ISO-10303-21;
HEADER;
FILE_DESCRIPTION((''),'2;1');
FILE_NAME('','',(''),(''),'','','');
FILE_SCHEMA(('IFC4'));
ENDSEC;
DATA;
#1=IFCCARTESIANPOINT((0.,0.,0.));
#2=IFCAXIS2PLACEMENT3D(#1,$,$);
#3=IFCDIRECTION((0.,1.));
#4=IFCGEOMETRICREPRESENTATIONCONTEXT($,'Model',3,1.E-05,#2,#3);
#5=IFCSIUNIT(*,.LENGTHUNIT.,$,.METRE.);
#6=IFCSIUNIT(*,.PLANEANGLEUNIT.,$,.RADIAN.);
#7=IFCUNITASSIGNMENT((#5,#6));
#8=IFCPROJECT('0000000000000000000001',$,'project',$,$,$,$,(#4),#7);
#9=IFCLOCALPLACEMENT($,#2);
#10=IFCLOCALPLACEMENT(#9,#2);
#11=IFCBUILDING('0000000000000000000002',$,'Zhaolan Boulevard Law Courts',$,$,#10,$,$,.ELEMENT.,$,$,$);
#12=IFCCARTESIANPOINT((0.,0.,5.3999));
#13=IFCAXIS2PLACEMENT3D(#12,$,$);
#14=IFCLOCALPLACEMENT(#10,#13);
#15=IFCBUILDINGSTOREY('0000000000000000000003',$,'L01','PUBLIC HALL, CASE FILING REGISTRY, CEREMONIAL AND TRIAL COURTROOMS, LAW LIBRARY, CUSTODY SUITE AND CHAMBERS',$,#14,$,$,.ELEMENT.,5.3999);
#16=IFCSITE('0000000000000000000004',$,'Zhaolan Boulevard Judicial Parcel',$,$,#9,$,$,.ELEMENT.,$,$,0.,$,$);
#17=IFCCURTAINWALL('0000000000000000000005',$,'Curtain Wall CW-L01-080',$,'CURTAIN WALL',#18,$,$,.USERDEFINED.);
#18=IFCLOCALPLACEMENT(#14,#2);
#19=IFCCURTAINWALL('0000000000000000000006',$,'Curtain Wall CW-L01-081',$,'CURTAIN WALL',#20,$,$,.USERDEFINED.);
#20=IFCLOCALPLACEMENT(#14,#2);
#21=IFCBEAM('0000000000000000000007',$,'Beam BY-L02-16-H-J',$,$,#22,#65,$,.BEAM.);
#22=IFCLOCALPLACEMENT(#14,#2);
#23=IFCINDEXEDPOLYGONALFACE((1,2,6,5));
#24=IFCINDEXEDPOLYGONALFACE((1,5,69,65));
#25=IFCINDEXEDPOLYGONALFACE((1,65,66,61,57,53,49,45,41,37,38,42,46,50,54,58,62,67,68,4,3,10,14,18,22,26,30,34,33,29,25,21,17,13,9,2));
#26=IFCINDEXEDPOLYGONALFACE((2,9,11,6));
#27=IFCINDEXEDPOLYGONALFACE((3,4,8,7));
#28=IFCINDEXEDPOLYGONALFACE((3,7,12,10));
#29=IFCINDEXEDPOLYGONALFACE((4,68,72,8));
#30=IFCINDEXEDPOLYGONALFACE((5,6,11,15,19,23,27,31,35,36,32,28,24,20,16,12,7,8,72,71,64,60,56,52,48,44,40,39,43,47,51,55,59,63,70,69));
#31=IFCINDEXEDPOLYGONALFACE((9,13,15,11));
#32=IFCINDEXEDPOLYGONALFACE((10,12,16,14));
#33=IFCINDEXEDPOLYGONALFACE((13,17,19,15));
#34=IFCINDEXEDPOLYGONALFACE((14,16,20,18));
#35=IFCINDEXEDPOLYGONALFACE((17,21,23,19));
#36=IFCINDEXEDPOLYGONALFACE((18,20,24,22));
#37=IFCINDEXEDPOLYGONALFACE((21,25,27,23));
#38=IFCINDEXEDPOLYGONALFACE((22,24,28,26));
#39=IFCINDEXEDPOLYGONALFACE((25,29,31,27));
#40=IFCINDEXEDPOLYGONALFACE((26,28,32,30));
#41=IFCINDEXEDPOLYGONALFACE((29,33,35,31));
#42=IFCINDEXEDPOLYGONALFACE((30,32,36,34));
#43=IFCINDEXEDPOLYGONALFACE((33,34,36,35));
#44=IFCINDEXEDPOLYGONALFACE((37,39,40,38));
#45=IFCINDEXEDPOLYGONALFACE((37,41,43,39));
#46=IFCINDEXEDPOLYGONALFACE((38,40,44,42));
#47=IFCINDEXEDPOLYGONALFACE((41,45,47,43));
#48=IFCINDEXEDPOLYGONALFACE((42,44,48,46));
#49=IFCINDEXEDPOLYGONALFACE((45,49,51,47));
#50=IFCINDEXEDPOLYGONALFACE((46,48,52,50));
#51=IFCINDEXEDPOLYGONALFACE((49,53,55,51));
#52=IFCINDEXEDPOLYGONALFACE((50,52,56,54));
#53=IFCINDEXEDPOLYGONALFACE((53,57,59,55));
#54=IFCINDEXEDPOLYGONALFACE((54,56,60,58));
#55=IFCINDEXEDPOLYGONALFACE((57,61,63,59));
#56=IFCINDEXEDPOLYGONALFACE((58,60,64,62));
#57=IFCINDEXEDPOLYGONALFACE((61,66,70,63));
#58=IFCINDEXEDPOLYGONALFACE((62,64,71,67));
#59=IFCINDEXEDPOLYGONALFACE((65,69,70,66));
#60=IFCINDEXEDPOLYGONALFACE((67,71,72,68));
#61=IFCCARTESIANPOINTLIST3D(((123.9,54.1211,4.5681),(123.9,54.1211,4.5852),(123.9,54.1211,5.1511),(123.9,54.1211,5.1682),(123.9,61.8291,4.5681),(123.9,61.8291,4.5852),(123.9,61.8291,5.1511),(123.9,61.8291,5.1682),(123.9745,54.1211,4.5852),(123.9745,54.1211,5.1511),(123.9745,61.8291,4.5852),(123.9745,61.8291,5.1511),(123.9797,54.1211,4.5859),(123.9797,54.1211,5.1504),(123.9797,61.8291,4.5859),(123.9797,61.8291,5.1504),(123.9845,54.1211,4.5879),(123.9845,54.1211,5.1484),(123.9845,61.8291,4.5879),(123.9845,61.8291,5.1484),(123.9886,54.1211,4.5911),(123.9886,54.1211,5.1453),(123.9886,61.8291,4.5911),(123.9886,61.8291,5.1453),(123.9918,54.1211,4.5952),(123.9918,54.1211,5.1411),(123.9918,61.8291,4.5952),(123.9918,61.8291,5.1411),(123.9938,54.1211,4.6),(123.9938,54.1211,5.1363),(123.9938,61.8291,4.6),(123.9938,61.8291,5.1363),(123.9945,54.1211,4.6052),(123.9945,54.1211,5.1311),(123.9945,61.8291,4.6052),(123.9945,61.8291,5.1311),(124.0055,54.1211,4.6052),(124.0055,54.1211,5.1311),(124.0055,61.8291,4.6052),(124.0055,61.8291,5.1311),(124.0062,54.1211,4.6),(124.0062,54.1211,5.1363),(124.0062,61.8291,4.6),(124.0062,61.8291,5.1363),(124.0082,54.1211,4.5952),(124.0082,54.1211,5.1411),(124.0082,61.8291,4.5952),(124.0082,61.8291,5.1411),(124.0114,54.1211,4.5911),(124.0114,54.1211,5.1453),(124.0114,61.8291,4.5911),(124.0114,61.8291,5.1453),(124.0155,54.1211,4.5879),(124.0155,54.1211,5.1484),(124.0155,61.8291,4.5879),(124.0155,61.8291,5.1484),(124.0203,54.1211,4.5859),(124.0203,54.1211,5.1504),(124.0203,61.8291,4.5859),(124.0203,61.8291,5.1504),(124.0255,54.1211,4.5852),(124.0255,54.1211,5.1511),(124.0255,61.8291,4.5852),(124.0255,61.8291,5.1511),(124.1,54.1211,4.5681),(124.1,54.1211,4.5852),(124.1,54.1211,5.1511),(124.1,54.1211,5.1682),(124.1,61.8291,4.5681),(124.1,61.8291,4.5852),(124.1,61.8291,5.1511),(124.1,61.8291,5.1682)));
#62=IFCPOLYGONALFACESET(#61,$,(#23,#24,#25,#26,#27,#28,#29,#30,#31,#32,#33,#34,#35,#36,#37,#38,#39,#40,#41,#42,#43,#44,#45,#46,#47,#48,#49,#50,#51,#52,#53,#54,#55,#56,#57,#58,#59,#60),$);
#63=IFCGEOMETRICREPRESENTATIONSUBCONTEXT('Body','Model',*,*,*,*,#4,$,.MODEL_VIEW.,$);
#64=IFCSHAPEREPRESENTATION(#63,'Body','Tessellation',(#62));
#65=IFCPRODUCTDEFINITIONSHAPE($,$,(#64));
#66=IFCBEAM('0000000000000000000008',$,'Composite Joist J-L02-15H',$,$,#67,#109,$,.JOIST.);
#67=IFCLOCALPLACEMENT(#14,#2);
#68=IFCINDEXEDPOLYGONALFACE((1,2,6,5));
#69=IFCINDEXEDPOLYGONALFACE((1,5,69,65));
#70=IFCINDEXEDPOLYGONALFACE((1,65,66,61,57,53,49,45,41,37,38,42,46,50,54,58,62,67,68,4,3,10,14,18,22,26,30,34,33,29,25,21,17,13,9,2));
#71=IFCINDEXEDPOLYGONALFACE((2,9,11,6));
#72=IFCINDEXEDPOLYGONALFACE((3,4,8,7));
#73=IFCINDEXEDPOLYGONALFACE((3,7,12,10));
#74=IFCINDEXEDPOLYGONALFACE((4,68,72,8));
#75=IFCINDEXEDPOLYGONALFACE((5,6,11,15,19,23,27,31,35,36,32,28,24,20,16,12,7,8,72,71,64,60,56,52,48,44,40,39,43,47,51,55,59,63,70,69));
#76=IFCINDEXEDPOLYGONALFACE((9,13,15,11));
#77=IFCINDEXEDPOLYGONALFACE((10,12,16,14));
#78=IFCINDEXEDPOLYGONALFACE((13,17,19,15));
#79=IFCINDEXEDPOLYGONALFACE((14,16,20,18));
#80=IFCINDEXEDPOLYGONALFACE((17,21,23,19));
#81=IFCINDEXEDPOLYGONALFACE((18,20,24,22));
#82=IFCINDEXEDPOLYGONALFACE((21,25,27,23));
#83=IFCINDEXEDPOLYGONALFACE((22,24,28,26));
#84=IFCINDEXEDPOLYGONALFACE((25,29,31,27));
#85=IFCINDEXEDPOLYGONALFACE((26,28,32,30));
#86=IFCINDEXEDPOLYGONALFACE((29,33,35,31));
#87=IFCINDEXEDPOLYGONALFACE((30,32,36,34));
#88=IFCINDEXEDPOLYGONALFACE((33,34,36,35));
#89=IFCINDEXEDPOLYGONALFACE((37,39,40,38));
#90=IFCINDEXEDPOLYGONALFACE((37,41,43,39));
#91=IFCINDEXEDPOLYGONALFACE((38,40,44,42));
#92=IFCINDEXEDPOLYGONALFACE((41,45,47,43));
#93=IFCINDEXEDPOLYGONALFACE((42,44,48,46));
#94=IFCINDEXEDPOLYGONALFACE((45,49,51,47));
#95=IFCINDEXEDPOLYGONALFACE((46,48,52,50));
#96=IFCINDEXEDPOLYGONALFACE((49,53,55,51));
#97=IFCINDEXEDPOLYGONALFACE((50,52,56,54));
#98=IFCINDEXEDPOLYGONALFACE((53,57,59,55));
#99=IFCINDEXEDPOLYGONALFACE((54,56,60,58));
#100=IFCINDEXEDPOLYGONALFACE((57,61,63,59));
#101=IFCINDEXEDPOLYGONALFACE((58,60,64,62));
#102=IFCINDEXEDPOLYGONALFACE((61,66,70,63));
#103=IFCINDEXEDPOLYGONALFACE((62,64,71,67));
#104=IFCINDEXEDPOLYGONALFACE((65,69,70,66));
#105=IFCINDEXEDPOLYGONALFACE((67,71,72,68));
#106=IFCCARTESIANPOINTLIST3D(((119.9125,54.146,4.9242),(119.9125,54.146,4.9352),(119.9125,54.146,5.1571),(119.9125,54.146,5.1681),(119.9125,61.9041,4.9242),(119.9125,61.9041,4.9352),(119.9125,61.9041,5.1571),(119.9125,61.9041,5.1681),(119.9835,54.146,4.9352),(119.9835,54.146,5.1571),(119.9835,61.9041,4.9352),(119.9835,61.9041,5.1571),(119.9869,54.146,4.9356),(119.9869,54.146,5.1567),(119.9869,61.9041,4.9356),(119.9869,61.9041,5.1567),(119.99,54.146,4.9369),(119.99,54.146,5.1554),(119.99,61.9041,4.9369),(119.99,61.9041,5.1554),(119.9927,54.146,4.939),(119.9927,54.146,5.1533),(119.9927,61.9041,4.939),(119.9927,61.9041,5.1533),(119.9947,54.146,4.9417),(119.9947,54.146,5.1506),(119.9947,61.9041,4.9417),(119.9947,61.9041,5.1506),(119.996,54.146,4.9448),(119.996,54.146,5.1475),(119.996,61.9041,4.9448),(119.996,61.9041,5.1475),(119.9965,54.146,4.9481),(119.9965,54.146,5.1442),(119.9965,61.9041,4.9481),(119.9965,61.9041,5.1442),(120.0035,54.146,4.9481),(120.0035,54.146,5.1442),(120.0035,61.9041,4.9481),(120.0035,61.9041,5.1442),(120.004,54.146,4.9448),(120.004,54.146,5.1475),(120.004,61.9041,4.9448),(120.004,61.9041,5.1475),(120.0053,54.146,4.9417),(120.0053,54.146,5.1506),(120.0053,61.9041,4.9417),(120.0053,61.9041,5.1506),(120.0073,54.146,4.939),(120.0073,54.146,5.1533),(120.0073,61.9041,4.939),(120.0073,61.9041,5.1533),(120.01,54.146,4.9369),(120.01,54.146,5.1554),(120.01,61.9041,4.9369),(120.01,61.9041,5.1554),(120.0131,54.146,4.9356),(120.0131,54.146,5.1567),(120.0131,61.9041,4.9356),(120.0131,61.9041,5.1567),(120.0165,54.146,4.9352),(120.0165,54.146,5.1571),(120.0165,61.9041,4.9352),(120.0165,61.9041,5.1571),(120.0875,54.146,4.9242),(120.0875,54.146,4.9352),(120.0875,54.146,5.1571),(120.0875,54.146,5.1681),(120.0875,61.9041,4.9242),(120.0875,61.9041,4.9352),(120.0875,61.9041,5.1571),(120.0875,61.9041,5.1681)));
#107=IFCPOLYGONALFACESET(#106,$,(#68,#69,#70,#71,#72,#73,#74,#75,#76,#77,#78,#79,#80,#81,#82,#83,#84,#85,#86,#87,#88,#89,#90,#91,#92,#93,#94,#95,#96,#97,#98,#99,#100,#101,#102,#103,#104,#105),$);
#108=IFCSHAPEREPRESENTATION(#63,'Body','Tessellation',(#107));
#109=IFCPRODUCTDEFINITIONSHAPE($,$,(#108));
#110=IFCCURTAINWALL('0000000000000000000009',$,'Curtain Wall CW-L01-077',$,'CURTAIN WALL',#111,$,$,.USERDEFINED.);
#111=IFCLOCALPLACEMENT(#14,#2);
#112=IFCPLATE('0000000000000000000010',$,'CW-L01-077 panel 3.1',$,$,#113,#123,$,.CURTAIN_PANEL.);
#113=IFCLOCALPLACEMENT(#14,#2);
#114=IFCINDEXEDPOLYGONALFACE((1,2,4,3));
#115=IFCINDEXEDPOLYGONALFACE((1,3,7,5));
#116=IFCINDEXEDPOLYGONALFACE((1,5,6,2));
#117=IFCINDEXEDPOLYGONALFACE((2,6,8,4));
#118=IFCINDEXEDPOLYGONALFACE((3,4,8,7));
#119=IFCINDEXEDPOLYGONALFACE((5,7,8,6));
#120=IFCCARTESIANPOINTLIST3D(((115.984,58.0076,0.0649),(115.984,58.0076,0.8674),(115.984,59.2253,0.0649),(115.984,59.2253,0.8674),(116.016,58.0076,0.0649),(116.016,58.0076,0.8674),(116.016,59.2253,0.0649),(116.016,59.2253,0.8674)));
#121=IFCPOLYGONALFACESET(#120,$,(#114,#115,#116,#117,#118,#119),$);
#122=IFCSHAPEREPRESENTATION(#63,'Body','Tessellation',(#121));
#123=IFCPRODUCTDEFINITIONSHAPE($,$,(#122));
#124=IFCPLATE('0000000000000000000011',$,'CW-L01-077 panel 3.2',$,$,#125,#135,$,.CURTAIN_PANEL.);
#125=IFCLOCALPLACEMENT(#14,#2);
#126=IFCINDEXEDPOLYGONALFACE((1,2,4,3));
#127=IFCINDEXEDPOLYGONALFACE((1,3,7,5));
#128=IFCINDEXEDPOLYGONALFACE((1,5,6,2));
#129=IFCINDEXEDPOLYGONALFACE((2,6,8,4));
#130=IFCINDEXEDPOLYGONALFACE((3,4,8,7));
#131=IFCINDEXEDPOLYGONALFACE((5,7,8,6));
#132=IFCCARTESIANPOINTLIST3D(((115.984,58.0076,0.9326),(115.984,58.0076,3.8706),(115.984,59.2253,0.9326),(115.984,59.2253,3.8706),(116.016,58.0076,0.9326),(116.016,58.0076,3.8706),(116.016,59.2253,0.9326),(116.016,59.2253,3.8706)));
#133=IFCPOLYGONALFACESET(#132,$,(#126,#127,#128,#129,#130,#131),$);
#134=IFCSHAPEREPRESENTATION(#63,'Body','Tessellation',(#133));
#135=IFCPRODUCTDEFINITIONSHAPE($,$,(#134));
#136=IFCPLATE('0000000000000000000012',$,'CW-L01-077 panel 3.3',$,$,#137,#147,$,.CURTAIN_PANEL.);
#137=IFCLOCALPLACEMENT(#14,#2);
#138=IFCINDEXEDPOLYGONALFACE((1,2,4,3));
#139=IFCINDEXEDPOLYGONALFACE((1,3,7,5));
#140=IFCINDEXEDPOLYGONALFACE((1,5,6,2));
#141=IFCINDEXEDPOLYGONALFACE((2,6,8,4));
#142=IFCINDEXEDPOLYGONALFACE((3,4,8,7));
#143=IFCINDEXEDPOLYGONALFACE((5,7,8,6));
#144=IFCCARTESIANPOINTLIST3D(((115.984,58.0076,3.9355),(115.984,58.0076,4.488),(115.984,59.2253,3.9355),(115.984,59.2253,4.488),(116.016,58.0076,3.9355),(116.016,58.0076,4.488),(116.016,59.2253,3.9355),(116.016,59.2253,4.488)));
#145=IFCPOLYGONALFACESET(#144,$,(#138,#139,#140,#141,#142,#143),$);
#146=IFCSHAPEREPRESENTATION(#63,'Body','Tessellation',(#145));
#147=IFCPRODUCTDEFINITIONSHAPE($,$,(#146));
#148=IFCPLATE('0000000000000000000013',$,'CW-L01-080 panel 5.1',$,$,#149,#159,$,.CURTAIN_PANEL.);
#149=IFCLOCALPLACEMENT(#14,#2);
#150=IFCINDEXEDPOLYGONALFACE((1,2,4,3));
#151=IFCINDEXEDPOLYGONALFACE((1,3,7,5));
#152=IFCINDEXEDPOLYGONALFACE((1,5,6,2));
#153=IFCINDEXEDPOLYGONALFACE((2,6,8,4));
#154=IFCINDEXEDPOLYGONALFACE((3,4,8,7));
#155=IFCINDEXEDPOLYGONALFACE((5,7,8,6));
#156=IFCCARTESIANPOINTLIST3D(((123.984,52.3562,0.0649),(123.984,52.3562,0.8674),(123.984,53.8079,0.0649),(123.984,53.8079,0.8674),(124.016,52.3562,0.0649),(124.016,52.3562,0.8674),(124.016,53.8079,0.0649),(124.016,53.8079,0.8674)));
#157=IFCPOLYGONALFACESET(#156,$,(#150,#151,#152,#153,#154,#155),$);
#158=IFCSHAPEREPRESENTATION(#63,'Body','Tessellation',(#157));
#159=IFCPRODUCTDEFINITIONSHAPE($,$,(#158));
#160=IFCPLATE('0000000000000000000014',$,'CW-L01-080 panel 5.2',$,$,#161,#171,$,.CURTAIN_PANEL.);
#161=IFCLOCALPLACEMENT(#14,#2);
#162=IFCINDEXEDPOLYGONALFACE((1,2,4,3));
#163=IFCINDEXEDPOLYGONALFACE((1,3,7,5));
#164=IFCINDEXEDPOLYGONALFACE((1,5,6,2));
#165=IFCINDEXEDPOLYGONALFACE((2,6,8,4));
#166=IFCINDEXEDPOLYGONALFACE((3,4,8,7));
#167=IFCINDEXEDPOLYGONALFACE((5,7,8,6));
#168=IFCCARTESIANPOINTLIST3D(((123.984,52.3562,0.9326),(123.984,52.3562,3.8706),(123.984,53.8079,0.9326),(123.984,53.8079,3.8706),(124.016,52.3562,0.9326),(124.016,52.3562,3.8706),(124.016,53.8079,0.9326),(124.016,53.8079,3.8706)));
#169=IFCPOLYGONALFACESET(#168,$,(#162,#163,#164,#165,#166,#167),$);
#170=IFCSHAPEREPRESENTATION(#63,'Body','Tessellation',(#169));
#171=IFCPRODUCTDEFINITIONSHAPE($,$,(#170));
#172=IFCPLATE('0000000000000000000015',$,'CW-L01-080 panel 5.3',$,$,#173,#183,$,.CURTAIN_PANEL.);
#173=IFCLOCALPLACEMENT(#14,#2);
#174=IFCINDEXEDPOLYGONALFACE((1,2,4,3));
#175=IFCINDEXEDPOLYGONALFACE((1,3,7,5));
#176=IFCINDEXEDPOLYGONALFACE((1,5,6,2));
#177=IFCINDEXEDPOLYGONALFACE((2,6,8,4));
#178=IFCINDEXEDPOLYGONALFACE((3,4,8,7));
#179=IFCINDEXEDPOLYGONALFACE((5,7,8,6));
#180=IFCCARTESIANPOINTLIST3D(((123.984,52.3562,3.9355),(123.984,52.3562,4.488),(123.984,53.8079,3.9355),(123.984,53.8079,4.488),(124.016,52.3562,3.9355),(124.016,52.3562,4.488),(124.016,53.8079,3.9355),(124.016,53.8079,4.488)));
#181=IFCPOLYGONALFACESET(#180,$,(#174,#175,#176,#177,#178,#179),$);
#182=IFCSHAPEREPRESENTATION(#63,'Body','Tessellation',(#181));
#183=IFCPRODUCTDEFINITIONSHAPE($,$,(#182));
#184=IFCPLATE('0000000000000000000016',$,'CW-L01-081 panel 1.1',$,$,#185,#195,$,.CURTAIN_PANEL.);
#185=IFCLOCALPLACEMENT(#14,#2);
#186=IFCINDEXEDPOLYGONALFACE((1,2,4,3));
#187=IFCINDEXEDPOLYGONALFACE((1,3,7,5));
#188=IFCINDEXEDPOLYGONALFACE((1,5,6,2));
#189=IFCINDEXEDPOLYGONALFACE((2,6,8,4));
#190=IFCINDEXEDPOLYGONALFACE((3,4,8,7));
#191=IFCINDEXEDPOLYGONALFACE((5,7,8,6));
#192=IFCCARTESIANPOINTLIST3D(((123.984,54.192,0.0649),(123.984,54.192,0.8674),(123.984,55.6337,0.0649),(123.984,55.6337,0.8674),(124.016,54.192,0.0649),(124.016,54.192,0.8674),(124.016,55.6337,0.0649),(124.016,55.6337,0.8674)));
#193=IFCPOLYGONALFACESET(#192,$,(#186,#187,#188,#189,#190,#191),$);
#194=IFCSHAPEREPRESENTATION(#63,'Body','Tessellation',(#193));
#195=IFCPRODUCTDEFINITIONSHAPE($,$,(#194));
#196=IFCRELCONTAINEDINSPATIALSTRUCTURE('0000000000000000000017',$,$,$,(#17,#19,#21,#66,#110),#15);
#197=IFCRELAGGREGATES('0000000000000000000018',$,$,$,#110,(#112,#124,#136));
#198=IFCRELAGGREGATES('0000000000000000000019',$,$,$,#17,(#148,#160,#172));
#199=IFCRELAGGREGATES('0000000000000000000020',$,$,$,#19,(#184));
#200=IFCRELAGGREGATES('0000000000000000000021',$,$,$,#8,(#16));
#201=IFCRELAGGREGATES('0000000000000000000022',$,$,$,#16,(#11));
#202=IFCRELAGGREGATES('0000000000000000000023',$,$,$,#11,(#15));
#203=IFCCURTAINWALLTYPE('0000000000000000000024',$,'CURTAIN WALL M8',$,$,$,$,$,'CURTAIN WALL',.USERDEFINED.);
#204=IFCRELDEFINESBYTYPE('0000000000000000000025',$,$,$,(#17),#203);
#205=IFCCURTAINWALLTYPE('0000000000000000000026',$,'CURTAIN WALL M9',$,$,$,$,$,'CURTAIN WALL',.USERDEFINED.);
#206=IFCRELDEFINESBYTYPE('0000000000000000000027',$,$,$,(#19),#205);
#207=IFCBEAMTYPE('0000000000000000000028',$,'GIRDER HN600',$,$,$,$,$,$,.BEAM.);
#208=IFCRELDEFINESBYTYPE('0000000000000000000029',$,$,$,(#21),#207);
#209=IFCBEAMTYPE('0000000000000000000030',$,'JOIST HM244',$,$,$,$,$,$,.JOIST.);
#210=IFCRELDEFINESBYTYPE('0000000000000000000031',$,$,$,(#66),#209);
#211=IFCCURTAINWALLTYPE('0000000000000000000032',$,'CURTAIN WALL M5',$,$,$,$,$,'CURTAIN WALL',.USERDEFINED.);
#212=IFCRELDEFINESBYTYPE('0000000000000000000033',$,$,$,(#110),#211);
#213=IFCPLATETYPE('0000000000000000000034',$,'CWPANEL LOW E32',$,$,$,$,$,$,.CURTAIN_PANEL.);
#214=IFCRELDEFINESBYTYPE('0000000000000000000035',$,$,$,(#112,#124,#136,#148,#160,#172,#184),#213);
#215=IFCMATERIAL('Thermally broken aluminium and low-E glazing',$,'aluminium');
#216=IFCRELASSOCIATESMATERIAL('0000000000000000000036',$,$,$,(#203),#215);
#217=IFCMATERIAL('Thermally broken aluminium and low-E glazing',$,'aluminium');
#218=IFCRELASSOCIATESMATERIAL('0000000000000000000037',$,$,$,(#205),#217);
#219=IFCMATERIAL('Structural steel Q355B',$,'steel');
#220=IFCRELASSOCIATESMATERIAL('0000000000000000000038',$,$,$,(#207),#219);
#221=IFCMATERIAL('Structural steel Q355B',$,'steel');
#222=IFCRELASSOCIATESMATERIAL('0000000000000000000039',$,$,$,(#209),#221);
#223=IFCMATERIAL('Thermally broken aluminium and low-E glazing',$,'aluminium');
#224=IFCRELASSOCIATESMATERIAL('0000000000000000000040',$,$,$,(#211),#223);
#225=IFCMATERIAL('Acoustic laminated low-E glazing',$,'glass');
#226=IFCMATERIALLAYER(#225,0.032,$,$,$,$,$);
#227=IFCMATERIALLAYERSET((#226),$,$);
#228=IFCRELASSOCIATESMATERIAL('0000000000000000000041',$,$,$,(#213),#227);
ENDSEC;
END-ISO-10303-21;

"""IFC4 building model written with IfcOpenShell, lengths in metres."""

from ifc_helpers import new_model, si_unit, direction, frame, origin, origin_2d, place, context, subcontext, project, spatial, rectangle, i_section, extrude, material, layer, layer_set, material_profile, profile_set, type_object, element, aggregate, save


model = new_model("IFC4")

# Units and contexts
model_context = context("Model", 3, precision=1e-05, world=origin(), true_north=direction((0.0, 1.0)))
body_context = subcontext(model_context, "Body", "Model", "MODEL_VIEW")
ifc_project = project(units=[si_unit("LENGTHUNIT", "METRE"), si_unit("PLANEANGLEUNIT", "RADIAN")], contexts=[model_context])

# Site, building, storey
site_placement = place(None, origin())
site = spatial("IfcSite", under=ifc_project, at=site_placement, Name="Zhaolan Boulevard Judicial Parcel", CompositionType="ELEMENT", RefElevation=0.0)
building_placement = place(site_placement, origin())
building = spatial("IfcBuilding", under=site, at=building_placement, Name="Zhaolan Boulevard Law Courts", CompositionType="ELEMENT")
storey_placement = place(building_placement, frame((0.0, 0.0, 5.3999)))
storey = spatial("IfcBuildingStorey", under=building, at=storey_placement, Name="L01", Description="PUBLIC HALL, CASE FILING REGISTRY, CEREMONIAL AND TRIAL COURTROOMS, LAW LIBRARY, CUSTODY SUITE AND CHAMBERS", CompositionType="ELEMENT", Elevation=5.3999)

# Curtain wall
ifc_material_1 = material(Name="Thermally broken aluminium and low-E glazing", Category="aluminium")
curtain_wall_type_1 = type_object("IfcCurtainWallType", Name="CURTAIN WALL M8", ElementType="CURTAIN WALL", PredefinedType="USERDEFINED", material=ifc_material_1)
curtain_wall_1_placement = place(storey_placement, origin())
curtain_wall_1 = element("IfcCurtainWall", 1, at=curtain_wall_1_placement, inside=storey, type_object=curtain_wall_type_1, Name="Curtain Wall CW-L01-080", ObjectType="CURTAIN WALL", PredefinedType="USERDEFINED")

# Curtain wall
ifc_material_2 = material(Name="Thermally broken aluminium and low-E glazing", Category="aluminium")
curtain_wall_type_2 = type_object("IfcCurtainWallType", Name="CURTAIN WALL M9", ElementType="CURTAIN WALL", PredefinedType="USERDEFINED", material=ifc_material_2)
curtain_wall_2_placement = place(storey_placement, origin())
curtain_wall_2 = element("IfcCurtainWall", 2, at=curtain_wall_2_placement, inside=storey, type_object=curtain_wall_type_2, Name="Curtain Wall CW-L01-081", ObjectType="CURTAIN WALL", PredefinedType="USERDEFINED")

# Beams
ifc_material_3 = material(Name="Structural steel Q355B", Category="steel")
ifc_material_profile_1 = material_profile(ifc_material_3, i_section(OverallWidth=0.2, OverallDepth=0.6001, WebThickness=0.011, FlangeThickness=0.0171, FilletRadius=0.02, at=origin_2d()), Name="HN600x200")
ifc_profile_set_1 = profile_set([ifc_material_profile_1], Name="Structural steel Q355B")
beam_type_1 = type_object("IfcBeamType", Name="GIRDER HN600", PredefinedType="BEAM", material=ifc_profile_set_1)
beam_1_placement = place(storey_placement, frame((124.0, 54.1211, 4.8682), z_axis=(0.0, 1.0, 0.0), x_axis=(-1.0, 0.0, 0.0)))
element("IfcBeam", 3, at=beam_1_placement, inside=storey, type_object=beam_type_1, Name="Beam BY-L02-16-H-J", PredefinedType="BEAM", context=body_context, shape_type="SweptSolid", body=[
    extrude(i_section(OverallWidth=0.2, OverallDepth=0.6001, WebThickness=0.011, FlangeThickness=0.0171, FilletRadius=0.02, at=origin_2d()), origin(), (0.0, 0.0, 1.0), 7.708),
])
ifc_material_4 = material(Name="Structural steel Q355B", Category="steel")
ifc_material_profile_2 = material_profile(ifc_material_4, i_section(OverallWidth=0.175, OverallDepth=0.2439, WebThickness=0.0071, FlangeThickness=0.011, FilletRadius=0.0129, at=origin_2d()), Name="HM244x175")
ifc_profile_set_2 = profile_set([ifc_material_profile_2], Name="Structural steel Q355B")
beam_type_2 = type_object("IfcBeamType", Name="JOIST HM244", PredefinedType="JOIST", material=ifc_profile_set_2)
beam_2_placement = place(storey_placement, frame((120.0, 54.146, 5.0461), z_axis=(0.0, 1.0, 0.0), x_axis=(-1.0, 0.0, 0.0)))
element("IfcBeam", 4, at=beam_2_placement, inside=storey, type_object=beam_type_2, Name="Composite Joist J-L02-15H", PredefinedType="JOIST", context=body_context, shape_type="SweptSolid", body=[
    extrude(i_section(OverallWidth=0.175, OverallDepth=0.2439, WebThickness=0.0071, FlangeThickness=0.011, FilletRadius=0.0129, at=origin_2d()), origin(), (0.0, 0.0, 1.0), 7.7581),
])

# Curtain wall, plates
ifc_material_5 = material(Name="Thermally broken aluminium and low-E glazing", Category="aluminium")
curtain_wall_type_3 = type_object("IfcCurtainWallType", Name="CURTAIN WALL M5", ElementType="CURTAIN WALL", PredefinedType="USERDEFINED", material=ifc_material_5)
curtain_wall_3_placement = place(storey_placement, origin())
curtain_wall_3 = element("IfcCurtainWall", 5, at=curtain_wall_3_placement, inside=storey, type_object=curtain_wall_type_3, Name="Curtain Wall CW-L01-077", ObjectType="CURTAIN WALL", PredefinedType="USERDEFINED")
ifc_material_6 = material(Name="Acoustic laminated low-E glazing", Category="glass")
ifc_layer = layer(ifc_material_6, 0.032)
ifc_layer_set = layer_set([ifc_layer])
plate_type = type_object("IfcPlateType", Name="CWPANEL LOW E32", PredefinedType="CURTAIN_PANEL", material=ifc_layer_set)
plate_1_placement = place(storey_placement, frame((116.0, 58.6165, 0.0649), z_axis=(0.0, 0.0, 1.0), x_axis=(0.0, -1.0, 0.0)))
plate_1 = element("IfcPlate", 6, at=plate_1_placement, type_object=plate_type, Name="CW-L01-077 panel 3.1", PredefinedType="CURTAIN_PANEL", context=body_context, shape_type="SweptSolid", body=[
    extrude(rectangle(XDim=1.2178, YDim=0.032, at=origin_2d()), origin(), (0.0, 0.0, 1.0), 0.8025),
])
plate_2_placement = place(storey_placement, frame((116.0, 58.6165, 0.9326), z_axis=(0.0, 0.0, 1.0), x_axis=(0.0, -1.0, 0.0)))
plate_2 = element("IfcPlate", 7, at=plate_2_placement, type_object=plate_type, Name="CW-L01-077 panel 3.2", PredefinedType="CURTAIN_PANEL", context=body_context, shape_type="SweptSolid", body=[
    extrude(rectangle(XDim=1.2178, YDim=0.032, at=origin_2d()), origin(), (0.0, 0.0, 1.0), 2.938),
])
plate_3_placement = place(storey_placement, frame((116.0, 58.6165, 3.9355), z_axis=(0.0, 0.0, 1.0), x_axis=(0.0, -1.0, 0.0)))
plate_3 = element("IfcPlate", 8, at=plate_3_placement, type_object=plate_type, Name="CW-L01-077 panel 3.3", PredefinedType="CURTAIN_PANEL", context=body_context, shape_type="SweptSolid", body=[
    extrude(rectangle(XDim=1.2178, YDim=0.032, at=origin_2d()), origin(), (0.0, 0.0, 1.0), 0.5525),
])
aggregate(curtain_wall_3, [plate_1, plate_2, plate_3])

# Plates
plate_4_placement = place(storey_placement, frame((124.0, 53.082, 0.0649), z_axis=(0.0, 0.0, 1.0), x_axis=(0.0, 1.0, 0.0)))
plate_4 = element("IfcPlate", 9, at=plate_4_placement, type_object=plate_type, Name="CW-L01-080 panel 5.1", PredefinedType="CURTAIN_PANEL", context=body_context, shape_type="SweptSolid", body=[
    extrude(rectangle(XDim=1.4517, YDim=0.032, at=origin_2d()), origin(), (0.0, 0.0, 1.0), 0.8025),
])
plate_5_placement = place(storey_placement, frame((124.0, 53.082, 0.9326), z_axis=(0.0, 0.0, 1.0), x_axis=(0.0, 1.0, 0.0)))
plate_5 = element("IfcPlate", 10, at=plate_5_placement, type_object=plate_type, Name="CW-L01-080 panel 5.2", PredefinedType="CURTAIN_PANEL", context=body_context, shape_type="SweptSolid", body=[
    extrude(rectangle(XDim=1.4517, YDim=0.032, at=origin_2d()), origin(), (0.0, 0.0, 1.0), 2.938),
])
plate_6_placement = place(storey_placement, frame((124.0, 53.082, 3.9355), z_axis=(0.0, 0.0, 1.0), x_axis=(0.0, 1.0, 0.0)))
plate_6 = element("IfcPlate", 11, at=plate_6_placement, type_object=plate_type, Name="CW-L01-080 panel 5.3", PredefinedType="CURTAIN_PANEL", context=body_context, shape_type="SweptSolid", body=[
    extrude(rectangle(XDim=1.4517, YDim=0.032, at=origin_2d()), origin(), (0.0, 0.0, 1.0), 0.5525),
])
aggregate(curtain_wall_1, [plate_4, plate_5, plate_6])
plate_7_placement = place(storey_placement, frame((124.0, 54.9128, 0.0649), z_axis=(0.0, 0.0, 1.0), x_axis=(0.0, 1.0, 0.0)))
plate_7 = element("IfcPlate", 12, at=plate_7_placement, type_object=plate_type, Name="CW-L01-081 panel 1.1", PredefinedType="CURTAIN_PANEL", context=body_context, shape_type="SweptSolid", body=[
    extrude(rectangle(XDim=1.4417, YDim=0.032, at=origin_2d()), origin(), (0.0, 0.0, 1.0), 0.8025),
])
aggregate(curtain_wall_2, [plate_7])

save(model, "model.ifc")
